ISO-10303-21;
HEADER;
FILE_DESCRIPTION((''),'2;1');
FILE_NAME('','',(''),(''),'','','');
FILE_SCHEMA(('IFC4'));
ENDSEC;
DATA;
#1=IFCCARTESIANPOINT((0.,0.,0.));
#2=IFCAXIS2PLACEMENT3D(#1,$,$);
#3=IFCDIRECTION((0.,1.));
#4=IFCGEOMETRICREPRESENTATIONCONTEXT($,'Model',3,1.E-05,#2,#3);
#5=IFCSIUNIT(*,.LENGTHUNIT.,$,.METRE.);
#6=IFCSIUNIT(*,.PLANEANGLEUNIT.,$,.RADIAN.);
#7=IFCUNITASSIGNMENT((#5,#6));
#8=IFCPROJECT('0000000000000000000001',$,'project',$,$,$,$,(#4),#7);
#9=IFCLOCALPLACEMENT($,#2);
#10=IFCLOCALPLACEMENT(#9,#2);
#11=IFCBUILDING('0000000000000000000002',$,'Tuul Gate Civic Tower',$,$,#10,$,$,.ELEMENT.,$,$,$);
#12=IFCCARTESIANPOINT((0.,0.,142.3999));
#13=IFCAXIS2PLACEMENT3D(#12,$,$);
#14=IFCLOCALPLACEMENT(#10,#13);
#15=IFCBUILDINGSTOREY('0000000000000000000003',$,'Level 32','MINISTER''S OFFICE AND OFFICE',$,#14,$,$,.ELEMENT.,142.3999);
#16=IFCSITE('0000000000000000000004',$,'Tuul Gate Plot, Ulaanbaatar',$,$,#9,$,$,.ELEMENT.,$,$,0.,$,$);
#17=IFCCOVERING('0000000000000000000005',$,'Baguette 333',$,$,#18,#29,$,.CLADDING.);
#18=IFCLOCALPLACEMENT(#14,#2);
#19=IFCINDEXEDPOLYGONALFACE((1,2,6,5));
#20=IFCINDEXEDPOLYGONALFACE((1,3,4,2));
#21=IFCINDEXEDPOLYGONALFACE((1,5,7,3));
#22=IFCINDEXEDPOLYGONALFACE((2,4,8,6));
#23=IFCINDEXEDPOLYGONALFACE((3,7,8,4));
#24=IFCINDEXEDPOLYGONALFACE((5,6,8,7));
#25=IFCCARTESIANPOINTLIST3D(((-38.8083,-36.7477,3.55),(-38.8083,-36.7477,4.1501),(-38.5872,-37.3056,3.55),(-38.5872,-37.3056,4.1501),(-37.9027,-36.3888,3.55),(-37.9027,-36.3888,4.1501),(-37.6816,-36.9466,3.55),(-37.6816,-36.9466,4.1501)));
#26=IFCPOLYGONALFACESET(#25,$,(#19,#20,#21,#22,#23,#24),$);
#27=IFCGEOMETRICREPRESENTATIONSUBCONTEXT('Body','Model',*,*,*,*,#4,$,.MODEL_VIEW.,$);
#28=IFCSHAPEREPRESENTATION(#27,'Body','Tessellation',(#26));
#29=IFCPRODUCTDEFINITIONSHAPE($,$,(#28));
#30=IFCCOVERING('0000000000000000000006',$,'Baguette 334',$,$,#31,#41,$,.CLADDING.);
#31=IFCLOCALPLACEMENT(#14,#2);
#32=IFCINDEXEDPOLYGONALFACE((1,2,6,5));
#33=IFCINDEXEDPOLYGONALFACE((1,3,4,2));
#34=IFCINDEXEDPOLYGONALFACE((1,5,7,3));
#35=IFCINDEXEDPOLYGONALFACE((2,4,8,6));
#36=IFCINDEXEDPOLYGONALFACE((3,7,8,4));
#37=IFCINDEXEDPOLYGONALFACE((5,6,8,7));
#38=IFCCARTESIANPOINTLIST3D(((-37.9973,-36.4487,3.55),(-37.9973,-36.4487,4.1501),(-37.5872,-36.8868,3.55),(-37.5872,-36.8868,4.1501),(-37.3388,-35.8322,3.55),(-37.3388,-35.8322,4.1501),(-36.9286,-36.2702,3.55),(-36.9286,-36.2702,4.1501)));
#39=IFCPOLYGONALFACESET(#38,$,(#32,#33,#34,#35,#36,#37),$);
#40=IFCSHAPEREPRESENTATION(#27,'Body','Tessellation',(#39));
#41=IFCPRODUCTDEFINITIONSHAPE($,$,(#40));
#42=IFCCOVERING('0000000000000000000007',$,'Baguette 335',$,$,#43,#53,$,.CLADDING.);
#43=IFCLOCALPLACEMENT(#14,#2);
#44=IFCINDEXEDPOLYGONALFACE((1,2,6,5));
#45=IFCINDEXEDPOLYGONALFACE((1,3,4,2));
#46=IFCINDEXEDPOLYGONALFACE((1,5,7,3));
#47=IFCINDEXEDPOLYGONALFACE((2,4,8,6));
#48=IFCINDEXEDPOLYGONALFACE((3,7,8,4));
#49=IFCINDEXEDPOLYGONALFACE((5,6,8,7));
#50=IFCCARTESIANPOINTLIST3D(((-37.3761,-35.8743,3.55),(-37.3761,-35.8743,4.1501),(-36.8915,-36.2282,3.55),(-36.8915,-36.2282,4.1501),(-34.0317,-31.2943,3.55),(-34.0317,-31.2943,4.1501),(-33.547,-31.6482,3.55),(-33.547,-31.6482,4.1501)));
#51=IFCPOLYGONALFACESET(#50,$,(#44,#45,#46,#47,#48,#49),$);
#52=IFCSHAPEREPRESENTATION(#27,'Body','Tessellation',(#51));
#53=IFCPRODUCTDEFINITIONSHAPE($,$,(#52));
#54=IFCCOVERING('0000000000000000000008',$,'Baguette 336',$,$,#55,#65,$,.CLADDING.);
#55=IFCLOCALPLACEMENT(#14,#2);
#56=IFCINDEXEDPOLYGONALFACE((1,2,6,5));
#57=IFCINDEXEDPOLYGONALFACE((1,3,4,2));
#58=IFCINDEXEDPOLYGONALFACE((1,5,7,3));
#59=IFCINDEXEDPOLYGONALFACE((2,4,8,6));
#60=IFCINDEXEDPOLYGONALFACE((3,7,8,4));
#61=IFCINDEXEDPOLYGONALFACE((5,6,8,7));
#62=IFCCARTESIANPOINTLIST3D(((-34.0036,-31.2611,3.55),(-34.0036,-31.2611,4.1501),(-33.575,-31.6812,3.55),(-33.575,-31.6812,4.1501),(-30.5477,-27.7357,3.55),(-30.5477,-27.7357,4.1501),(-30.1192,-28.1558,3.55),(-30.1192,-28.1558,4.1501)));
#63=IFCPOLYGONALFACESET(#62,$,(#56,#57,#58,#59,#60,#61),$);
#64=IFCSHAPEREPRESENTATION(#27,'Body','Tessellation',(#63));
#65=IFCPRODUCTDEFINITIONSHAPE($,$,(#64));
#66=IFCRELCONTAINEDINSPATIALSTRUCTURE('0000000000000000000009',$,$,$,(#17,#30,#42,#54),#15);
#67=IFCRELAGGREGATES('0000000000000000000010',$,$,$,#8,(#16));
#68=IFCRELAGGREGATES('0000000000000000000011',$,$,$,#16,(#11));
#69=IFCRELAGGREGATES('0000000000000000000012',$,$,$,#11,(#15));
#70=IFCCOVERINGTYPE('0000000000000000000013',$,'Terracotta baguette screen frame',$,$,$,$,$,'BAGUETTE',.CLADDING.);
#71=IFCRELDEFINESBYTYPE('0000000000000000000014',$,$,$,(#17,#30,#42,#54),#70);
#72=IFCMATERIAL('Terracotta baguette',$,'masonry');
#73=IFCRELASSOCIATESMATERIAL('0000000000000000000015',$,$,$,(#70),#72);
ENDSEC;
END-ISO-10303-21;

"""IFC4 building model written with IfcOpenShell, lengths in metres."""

from ifc_helpers import new_model, si_unit, direction, frame, origin, origin_2d, place, context, subcontext, project, spatial, rectangle, extrude, material, material_profile, profile_set, type_object, element, save


model = new_model("IFC4")

# Units and contexts
model_context = context("Model", 3, precision=1e-05, world=origin(), true_north=direction((0.0, 1.0)))
body_context = subcontext(model_context, "Body", "Model", "MODEL_VIEW")
ifc_project = project(units=[si_unit("LENGTHUNIT", "METRE"), si_unit("PLANEANGLEUNIT", "RADIAN")], contexts=[model_context])

# Site, building, storey
site_placement = place(None, origin())
site = spatial("IfcSite", under=ifc_project, at=site_placement, Name="Tuul Gate Plot, Ulaanbaatar", CompositionType="ELEMENT", RefElevation=0.0)
building_placement = place(site_placement, origin())
building = spatial("IfcBuilding", under=site, at=building_placement, Name="Tuul Gate Civic Tower", CompositionType="ELEMENT")
storey_placement = place(building_placement, frame((0.0, 0.0, 142.3999)))
storey = spatial("IfcBuildingStorey", under=building, at=storey_placement, Name="Level 32", Description="MINISTER'S OFFICE AND OFFICE", CompositionType="ELEMENT", Elevation=142.3999)

# Coverings
ifc_material_1 = material(Name="Terracotta baguette", Category="masonry")
ifc_material_profile_1 = material_profile(ifc_material_1, rectangle(XDim=0.6001, YDim=0.6001, at=origin_2d()), Name="Terracotta baguette screen frame")
ifc_profile_set_1 = profile_set([ifc_material_profile_1], Name="Terracotta baguette")
covering_type = type_object("IfcCoveringType", Name="Terracotta baguette screen frame", ElementType="BAGUETTE", PredefinedType="CLADDING", material=ifc_profile_set_1)
covering_1_placement = place(storey_placement, frame((-38.6978, -37.0266, 3.8501), z_axis=(0.929647, 0.36845, 0.0), x_axis=(-0.36845, 0.929647, 0.0)))
element("IfcCovering", 1, at=covering_1_placement, inside=storey, type_object=covering_type, Name="Baguette 333", PredefinedType="CLADDING", context=body_context, shape_type="SweptSolid", body=[
    extrude(rectangle(XDim=0.6001, YDim=0.6001, at=origin_2d()), origin(), (0.0, 0.0, 1.0), 0.9741),
])
covering_2_placement = place(storey_placement, frame((-37.7922, -36.6677, 3.8501), z_axis=(0.730001, 0.683446, 0.0), x_axis=(-0.683446, 0.730001, 0.0)))
element("IfcCovering", 2, at=covering_2_placement, inside=storey, type_object=covering_type, Name="Baguette 334", PredefinedType="CLADDING", context=body_context, shape_type="SweptSolid", body=[
    extrude(rectangle(XDim=0.6001, YDim=0.6001, at=origin_2d()), origin(), (0.0, 0.0, 1.0), 0.9021),
])
covering_3_placement = place(storey_placement, frame((-37.1338, -36.0513, 3.8501), z_axis=(0.589729, 0.807601, 0.0), x_axis=(-0.807601, 0.589729, 0.0)))
element("IfcCovering", 3, at=covering_3_placement, inside=storey, type_object=covering_type, Name="Baguette 335", PredefinedType="CLADDING", context=body_context, shape_type="SweptSolid", body=[
    extrude(rectangle(XDim=0.6001, YDim=0.6001, at=origin_2d()), origin(), (0.0, 0.0, 1.0), 5.6711),
])
covering_4_placement = place(storey_placement, frame((-33.7893, -31.4712, 3.8501), z_axis=(0.700024, 0.714119, 0.0), x_axis=(-0.714119, 0.700024, 0.0)))
element("IfcCovering", 4, at=covering_4_placement, inside=storey, type_object=covering_type, Name="Baguette 336", PredefinedType="CLADDING", context=body_context, shape_type="SweptSolid", body=[
    extrude(rectangle(XDim=0.6001, YDim=0.6001, at=origin_2d()), origin(), (0.0, 0.0, 1.0), 4.9368),
])

save(model, "model.ifc")
